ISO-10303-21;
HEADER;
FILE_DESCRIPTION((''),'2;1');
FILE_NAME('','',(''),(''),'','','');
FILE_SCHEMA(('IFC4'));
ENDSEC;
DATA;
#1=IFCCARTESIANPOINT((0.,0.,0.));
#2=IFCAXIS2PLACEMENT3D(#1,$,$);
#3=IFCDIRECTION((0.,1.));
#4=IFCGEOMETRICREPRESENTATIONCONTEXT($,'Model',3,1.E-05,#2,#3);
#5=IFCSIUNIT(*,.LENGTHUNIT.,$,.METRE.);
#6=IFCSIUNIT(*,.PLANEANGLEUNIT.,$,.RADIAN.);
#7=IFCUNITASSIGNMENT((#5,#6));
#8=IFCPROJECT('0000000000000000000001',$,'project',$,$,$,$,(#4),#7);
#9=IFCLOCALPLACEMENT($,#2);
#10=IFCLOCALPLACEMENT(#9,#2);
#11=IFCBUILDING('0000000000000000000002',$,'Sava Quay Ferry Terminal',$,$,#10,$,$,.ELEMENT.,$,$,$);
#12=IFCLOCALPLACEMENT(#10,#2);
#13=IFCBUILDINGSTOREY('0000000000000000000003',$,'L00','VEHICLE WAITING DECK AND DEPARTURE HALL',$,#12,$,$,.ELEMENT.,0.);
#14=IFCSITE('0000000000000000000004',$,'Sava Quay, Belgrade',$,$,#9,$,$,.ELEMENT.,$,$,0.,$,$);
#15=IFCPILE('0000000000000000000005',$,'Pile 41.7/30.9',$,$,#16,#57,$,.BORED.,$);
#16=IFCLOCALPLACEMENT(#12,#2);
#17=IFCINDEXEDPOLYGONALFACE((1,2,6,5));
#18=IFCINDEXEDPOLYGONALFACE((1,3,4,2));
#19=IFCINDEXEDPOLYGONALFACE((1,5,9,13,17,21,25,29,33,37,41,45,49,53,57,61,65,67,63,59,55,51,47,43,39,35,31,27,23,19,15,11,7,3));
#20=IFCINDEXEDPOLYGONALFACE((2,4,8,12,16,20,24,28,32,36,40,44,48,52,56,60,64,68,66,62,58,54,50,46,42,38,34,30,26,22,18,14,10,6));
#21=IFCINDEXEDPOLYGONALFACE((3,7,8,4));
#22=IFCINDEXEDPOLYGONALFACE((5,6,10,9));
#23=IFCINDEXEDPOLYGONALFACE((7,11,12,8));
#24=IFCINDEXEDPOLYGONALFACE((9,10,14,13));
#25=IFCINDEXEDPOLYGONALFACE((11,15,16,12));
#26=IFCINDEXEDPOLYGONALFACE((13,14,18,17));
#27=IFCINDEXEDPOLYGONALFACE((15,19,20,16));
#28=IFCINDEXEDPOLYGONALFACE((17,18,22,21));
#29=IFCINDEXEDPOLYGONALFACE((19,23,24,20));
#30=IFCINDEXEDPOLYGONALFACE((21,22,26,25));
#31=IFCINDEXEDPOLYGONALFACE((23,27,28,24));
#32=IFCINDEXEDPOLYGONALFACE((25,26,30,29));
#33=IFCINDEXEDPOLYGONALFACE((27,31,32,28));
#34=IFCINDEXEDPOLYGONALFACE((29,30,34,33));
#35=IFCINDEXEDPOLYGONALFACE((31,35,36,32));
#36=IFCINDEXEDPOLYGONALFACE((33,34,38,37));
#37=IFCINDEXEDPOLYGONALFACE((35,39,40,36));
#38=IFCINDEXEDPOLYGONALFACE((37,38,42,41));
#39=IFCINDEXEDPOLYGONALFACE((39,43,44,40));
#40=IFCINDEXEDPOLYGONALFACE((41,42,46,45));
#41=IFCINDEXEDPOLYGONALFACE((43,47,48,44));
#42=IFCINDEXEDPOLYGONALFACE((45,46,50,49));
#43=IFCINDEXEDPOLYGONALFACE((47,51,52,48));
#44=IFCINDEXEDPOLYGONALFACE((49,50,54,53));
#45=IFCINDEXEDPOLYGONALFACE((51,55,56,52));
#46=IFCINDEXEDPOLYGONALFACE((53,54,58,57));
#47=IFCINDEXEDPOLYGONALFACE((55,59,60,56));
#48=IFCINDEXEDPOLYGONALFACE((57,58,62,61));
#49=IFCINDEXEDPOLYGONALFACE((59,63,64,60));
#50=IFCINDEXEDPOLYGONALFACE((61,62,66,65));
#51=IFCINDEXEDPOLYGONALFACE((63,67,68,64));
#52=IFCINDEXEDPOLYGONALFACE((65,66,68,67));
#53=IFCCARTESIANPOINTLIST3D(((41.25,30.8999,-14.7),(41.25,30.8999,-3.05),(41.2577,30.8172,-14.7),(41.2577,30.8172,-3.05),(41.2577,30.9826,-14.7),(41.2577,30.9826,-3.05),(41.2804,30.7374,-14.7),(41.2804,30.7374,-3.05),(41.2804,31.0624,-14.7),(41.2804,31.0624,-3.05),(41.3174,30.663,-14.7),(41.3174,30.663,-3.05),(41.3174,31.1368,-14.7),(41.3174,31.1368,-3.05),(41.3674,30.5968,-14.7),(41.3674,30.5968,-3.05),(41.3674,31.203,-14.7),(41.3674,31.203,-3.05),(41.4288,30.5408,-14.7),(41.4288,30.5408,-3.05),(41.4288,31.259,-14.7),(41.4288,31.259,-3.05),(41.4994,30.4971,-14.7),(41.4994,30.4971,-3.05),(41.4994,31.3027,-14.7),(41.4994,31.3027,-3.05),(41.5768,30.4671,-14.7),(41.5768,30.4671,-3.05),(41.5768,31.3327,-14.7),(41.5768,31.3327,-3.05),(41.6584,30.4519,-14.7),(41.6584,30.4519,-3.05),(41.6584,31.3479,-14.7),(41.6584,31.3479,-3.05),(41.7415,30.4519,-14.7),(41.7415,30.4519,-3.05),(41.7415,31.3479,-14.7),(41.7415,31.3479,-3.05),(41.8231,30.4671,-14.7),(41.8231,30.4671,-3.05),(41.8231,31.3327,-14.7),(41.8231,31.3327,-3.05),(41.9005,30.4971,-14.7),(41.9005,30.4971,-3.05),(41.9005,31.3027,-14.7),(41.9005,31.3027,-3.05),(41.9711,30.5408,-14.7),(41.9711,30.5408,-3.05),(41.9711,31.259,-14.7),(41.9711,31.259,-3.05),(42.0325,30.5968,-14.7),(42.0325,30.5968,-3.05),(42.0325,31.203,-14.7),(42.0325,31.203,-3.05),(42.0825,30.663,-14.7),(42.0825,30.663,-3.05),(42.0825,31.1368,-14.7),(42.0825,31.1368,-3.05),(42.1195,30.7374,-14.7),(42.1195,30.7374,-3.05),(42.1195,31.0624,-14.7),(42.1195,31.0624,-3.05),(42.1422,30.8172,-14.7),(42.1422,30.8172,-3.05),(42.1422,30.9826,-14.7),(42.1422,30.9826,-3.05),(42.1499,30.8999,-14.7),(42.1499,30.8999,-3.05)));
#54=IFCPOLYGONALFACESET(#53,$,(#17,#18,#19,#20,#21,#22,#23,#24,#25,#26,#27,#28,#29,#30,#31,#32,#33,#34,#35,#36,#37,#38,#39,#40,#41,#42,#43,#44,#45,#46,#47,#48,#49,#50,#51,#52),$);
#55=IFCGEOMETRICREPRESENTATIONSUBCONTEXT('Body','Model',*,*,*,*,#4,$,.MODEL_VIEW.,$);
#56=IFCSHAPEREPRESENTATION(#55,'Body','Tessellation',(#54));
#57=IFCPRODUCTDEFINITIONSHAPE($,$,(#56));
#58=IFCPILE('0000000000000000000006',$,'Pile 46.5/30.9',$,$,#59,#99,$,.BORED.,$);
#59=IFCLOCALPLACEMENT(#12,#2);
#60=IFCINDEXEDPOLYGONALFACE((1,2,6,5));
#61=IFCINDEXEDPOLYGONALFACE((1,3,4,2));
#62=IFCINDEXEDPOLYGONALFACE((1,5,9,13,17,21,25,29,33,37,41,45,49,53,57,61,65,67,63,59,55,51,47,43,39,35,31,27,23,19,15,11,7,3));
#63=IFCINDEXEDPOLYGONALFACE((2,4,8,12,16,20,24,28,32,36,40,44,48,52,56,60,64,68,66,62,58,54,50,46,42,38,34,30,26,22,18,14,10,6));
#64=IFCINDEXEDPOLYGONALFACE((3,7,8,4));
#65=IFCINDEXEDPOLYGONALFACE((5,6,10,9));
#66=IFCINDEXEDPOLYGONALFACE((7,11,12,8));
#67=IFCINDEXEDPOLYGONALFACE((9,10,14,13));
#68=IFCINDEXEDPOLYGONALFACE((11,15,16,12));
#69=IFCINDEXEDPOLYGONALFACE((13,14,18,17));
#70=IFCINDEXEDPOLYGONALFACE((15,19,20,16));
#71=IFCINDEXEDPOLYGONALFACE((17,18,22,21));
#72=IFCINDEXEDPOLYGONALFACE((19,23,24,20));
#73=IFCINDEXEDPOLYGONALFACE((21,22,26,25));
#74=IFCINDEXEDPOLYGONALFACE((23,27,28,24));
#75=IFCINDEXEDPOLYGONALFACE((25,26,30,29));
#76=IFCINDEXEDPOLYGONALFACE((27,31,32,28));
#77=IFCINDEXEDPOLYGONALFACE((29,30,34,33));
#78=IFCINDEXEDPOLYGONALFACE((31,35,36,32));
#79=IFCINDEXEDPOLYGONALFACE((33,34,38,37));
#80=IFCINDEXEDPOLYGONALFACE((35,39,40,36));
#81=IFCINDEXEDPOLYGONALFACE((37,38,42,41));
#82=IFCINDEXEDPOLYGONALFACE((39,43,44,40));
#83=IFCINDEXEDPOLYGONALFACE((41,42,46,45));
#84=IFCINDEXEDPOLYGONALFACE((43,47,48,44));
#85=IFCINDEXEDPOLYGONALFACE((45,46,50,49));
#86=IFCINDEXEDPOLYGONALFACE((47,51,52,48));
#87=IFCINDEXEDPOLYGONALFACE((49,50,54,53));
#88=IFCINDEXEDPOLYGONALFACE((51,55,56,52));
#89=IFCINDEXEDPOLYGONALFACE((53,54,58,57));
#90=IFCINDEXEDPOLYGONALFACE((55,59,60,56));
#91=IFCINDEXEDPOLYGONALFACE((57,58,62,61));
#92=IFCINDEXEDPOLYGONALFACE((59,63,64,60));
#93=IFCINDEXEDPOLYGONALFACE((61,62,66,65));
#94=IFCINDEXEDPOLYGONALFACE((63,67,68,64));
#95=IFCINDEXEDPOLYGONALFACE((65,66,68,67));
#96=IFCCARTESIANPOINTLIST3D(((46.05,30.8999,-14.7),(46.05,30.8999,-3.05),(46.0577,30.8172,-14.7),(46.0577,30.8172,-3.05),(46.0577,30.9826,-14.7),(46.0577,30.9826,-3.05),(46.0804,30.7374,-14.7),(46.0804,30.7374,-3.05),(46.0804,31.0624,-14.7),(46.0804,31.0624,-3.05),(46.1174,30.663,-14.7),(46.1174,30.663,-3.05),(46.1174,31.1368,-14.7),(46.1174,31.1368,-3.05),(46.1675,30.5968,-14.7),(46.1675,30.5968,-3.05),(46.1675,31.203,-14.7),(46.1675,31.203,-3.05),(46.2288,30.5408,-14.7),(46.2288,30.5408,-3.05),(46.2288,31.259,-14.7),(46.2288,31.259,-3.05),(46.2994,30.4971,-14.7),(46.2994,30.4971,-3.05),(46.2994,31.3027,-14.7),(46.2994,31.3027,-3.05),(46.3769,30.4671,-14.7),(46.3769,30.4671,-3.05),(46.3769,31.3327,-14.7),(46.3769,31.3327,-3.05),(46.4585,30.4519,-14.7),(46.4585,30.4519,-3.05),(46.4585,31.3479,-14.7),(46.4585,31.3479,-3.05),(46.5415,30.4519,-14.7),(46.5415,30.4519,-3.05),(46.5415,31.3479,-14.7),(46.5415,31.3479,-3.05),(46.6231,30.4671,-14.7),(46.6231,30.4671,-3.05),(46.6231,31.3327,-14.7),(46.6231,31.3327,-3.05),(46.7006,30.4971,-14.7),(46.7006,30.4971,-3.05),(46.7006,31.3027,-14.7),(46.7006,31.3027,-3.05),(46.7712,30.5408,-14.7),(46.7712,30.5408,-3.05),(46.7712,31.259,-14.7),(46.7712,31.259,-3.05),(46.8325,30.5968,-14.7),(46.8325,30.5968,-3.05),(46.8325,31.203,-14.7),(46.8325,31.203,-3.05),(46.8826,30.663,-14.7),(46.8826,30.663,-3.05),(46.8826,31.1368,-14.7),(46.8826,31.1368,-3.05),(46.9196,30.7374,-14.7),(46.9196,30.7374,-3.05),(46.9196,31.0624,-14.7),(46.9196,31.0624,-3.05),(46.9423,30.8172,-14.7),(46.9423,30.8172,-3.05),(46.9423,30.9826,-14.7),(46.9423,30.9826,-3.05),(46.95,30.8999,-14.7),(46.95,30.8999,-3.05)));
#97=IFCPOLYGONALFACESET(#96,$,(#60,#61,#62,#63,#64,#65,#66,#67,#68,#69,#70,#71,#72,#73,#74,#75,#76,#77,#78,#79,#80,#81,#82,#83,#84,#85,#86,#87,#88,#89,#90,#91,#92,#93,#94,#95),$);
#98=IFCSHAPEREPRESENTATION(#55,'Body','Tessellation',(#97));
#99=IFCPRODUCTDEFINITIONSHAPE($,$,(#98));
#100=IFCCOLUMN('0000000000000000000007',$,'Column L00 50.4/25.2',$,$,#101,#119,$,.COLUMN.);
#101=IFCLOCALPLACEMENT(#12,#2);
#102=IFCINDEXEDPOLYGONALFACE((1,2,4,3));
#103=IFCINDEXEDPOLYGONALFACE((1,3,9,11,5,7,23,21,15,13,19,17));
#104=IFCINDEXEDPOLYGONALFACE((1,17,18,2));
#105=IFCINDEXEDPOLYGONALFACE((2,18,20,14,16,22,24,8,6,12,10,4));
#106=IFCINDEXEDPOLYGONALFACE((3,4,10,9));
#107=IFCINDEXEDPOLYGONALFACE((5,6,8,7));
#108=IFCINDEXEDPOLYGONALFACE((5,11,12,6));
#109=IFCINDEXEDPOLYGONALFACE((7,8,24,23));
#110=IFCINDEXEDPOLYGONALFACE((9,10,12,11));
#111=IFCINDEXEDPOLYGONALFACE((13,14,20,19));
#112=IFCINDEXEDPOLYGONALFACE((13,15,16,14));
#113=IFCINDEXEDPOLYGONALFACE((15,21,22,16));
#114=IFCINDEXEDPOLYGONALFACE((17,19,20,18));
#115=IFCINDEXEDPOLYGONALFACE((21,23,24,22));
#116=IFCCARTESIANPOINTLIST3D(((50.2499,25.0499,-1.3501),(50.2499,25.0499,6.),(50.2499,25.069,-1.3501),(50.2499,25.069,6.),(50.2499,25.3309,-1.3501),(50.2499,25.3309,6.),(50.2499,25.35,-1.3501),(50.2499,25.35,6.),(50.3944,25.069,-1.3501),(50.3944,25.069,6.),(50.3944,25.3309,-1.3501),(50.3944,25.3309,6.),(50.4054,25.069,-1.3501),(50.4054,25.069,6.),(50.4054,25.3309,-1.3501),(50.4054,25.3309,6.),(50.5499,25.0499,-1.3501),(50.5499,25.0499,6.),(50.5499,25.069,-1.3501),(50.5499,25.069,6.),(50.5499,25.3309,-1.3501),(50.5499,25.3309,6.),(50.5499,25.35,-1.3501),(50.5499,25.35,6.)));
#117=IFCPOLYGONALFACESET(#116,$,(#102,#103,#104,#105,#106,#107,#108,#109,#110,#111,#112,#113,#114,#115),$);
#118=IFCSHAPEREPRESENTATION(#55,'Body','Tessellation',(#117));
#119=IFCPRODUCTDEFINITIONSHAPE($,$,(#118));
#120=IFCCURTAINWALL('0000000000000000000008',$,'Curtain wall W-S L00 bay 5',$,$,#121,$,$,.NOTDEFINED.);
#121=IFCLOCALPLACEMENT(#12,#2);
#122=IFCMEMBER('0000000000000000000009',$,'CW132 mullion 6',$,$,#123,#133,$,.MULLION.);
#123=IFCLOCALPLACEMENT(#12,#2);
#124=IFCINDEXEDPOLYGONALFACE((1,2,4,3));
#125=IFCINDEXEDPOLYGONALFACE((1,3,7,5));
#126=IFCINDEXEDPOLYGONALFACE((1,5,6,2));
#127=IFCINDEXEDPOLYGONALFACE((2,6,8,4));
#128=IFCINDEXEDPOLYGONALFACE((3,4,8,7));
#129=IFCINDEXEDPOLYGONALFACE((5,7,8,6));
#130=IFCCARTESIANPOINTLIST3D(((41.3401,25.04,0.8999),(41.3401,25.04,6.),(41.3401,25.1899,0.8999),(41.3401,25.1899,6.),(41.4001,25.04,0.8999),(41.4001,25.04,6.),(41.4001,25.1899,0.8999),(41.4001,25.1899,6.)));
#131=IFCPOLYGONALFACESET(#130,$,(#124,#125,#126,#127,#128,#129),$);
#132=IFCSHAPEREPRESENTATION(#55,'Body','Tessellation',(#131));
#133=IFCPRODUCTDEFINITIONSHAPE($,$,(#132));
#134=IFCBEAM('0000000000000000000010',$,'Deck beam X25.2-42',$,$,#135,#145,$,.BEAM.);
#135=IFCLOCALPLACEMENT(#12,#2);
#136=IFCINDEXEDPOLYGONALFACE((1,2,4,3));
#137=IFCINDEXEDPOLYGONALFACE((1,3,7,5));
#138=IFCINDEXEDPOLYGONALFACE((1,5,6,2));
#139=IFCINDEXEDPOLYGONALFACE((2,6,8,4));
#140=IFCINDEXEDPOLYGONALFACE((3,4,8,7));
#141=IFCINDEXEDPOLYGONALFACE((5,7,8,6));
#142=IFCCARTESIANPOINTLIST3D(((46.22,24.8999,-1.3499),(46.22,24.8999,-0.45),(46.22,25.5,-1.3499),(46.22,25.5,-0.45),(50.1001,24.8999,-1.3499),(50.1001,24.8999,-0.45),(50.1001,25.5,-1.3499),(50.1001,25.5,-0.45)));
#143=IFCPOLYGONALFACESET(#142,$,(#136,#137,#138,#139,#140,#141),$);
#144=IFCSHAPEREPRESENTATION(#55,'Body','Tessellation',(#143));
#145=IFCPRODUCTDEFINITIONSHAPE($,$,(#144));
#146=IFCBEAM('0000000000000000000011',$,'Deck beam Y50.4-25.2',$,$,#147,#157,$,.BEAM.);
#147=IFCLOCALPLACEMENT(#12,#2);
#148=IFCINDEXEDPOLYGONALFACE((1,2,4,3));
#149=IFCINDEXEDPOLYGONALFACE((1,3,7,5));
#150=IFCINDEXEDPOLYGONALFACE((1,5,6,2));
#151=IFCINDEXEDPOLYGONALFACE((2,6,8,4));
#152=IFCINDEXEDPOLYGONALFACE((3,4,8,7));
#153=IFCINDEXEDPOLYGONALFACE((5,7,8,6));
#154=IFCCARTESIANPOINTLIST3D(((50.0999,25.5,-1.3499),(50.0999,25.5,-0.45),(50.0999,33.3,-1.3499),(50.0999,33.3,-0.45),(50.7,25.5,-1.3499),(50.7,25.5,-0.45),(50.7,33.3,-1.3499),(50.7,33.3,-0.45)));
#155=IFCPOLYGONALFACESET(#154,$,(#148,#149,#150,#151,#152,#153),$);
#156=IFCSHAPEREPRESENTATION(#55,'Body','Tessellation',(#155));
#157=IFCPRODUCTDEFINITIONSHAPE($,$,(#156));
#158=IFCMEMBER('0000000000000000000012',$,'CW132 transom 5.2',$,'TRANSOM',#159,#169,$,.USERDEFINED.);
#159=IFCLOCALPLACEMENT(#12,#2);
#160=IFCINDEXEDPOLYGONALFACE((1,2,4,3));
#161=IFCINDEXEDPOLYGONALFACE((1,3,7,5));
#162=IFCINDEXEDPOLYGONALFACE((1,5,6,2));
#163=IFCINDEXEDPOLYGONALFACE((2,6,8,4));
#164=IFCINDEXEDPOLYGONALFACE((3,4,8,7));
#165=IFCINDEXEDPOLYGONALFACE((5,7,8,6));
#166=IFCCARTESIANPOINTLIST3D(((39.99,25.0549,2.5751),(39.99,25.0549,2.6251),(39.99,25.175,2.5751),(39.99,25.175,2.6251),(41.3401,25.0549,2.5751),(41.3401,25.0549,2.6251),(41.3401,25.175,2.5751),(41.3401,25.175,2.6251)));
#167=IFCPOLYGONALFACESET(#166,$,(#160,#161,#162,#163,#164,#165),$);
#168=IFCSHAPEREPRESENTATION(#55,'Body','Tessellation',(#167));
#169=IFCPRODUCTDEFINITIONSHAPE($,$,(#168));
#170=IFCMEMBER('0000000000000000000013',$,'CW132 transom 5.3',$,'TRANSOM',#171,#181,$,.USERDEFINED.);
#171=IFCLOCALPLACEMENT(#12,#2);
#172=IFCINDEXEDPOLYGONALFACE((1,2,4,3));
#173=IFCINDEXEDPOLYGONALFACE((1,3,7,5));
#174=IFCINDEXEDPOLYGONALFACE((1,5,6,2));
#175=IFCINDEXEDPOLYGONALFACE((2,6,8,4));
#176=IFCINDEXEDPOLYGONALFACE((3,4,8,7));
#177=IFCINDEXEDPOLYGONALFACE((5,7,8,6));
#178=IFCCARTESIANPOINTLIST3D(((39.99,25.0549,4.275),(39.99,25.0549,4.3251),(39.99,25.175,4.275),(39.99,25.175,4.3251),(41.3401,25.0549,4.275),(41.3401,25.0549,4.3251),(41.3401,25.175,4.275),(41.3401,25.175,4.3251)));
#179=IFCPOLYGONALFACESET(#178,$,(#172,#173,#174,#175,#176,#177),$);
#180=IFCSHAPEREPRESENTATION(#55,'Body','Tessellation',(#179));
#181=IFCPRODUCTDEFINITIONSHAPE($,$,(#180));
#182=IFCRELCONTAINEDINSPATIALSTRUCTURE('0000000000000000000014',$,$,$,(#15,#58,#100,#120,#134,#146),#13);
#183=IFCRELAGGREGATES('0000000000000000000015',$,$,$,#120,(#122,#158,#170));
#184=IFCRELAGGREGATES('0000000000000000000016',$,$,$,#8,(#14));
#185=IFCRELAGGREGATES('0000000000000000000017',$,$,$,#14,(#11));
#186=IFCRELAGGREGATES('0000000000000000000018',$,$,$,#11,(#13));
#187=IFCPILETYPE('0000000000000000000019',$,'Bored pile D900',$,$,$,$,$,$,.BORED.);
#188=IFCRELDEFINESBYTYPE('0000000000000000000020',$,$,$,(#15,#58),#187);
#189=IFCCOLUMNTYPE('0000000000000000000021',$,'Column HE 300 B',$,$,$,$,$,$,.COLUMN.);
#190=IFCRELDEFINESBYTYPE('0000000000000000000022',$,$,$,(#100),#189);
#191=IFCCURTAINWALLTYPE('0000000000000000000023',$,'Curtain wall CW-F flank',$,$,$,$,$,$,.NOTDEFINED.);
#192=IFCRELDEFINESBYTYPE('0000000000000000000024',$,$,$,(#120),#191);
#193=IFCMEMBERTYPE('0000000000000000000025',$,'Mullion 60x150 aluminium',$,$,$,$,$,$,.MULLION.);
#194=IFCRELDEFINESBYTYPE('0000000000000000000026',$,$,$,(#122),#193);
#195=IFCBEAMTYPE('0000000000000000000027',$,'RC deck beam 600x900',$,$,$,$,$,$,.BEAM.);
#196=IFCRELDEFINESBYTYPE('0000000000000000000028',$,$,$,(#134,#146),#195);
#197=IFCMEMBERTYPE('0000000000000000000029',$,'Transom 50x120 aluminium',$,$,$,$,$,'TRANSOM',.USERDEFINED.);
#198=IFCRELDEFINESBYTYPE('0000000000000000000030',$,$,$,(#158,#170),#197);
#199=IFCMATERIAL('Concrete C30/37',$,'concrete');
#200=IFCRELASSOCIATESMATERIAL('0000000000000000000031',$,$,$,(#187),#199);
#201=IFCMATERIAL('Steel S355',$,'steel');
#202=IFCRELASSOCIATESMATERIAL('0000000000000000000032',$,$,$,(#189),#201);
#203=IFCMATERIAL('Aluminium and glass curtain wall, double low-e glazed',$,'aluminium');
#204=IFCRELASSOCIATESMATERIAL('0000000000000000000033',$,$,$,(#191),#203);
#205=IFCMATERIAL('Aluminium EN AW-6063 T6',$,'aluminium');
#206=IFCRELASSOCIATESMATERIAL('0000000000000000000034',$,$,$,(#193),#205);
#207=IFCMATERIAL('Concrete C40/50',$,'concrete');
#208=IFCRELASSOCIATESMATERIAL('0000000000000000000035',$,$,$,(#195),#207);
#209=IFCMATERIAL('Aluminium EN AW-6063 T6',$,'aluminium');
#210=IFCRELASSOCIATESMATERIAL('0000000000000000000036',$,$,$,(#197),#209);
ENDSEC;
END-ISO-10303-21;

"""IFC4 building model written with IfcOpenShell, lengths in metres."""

from ifc_helpers import new_model, si_unit, direction, frame, origin, origin_2d, place, context, subcontext, project, spatial, rectangle, circle, i_section, extrude, material, material_profile, profile_set, type_object, element, aggregate, save


model = new_model("IFC4")

# Units and contexts
model_context = context("Model", 3, precision=1e-05, world=origin(), true_north=direction((0.0, 1.0)))
body_context = subcontext(model_context, "Body", "Model", "MODEL_VIEW")
ifc_project = project(units=[si_unit("LENGTHUNIT", "METRE"), si_unit("PLANEANGLEUNIT", "RADIAN")], contexts=[model_context])

# Site, building, storey
site_placement = place(None, origin())
site = spatial("IfcSite", under=ifc_project, at=site_placement, Name="Sava Quay, Belgrade", CompositionType="ELEMENT", RefElevation=0.0)
building_placement = place(site_placement, origin())
building = spatial("IfcBuilding", under=site, at=building_placement, Name="Sava Quay Ferry Terminal", CompositionType="ELEMENT")
storey_placement = place(building_placement, origin())
storey = spatial("IfcBuildingStorey", under=building, at=storey_placement, Name="L00", Description="VEHICLE WAITING DECK AND DEPARTURE HALL", CompositionType="ELEMENT", Elevation=0.0)

# Piles
ifc_material_1 = material(Name="Concrete C30/37", Category="concrete")
ifc_material_profile_1 = material_profile(ifc_material_1, circle(Radius=0.45, at=origin_2d()), Name="Bored pile D900")
ifc_profile_set_1 = profile_set([ifc_material_profile_1], Name="Concrete C30/37")
pile_type = type_object("IfcPileType", Name="Bored pile D900", PredefinedType="BORED", material=ifc_profile_set_1)
for number, where, z_axis, x_axis, name in (
    (1, (41.7, 30.8999, -3.05), (0.0, 0.0, -1.0), (1.0, 0.0, 0.0), "Pile 41.7/30.9"),
    (2, (46.5, 30.8999, -3.05), (0.0, 0.0, -1.0), (1.0, 0.0, 0.0), "Pile 46.5/30.9"),
):
    element("IfcPile", number, at=place(storey_placement, frame(where, z_axis=z_axis, x_axis=x_axis)), inside=storey, type_object=pile_type, Name=name, PredefinedType="BORED", context=body_context, shape_type="SweptSolid", body=[
        extrude(circle(Radius=0.45, at=origin_2d()), origin(), (0.0, 0.0, 1.0), 11.6499),
    ])

# Column
ifc_material_2 = material(Name="Steel S355", Category="steel")
ifc_material_profile_2 = material_profile(ifc_material_2, i_section(OverallWidth=0.3, OverallDepth=0.3, WebThickness=0.011, FlangeThickness=0.019, at=origin_2d()), Name="HE 300 B")
ifc_profile_set_2 = profile_set([ifc_material_profile_2], Name="Steel S355")
column_type = type_object("IfcColumnType", Name="Column HE 300 B", PredefinedType="COLUMN", material=ifc_profile_set_2)
column_placement = place(storey_placement, frame((50.3999, 25.2, -1.3501), z_axis=(0.0, 0.0, 1.0), x_axis=(1.0, 0.0, 0.0)))
element("IfcColumn", 3, at=column_placement, inside=storey, type_object=column_type, Name="Column L00 50.4/25.2", PredefinedType="COLUMN", context=body_context, shape_type="SweptSolid", body=[
    extrude(i_section(OverallWidth=0.3, OverallDepth=0.3, WebThickness=0.011, FlangeThickness=0.019, at=origin_2d()), origin(), (0.0, 0.0, 1.0), 7.3501),
])

# Curtain wall, member
ifc_material_3 = material(Name="Aluminium and glass curtain wall, double low-e glazed", Category="aluminium")
curtain_wall_type = type_object("IfcCurtainWallType", Name="Curtain wall CW-F flank", PredefinedType="NOTDEFINED", material=ifc_material_3)
curtain_wall_placement = place(storey_placement, origin())
curtain_wall = element("IfcCurtainWall", 4, at=curtain_wall_placement, inside=storey, type_object=curtain_wall_type, Name="Curtain wall W-S L00 bay 5", PredefinedType="NOTDEFINED")
ifc_material_4 = material(Name="Aluminium EN AW-6063 T6", Category="aluminium")
ifc_material_profile_3 = material_profile(ifc_material_4, rectangle(XDim=0.1499, YDim=0.0601, at=origin_2d()), Name="Mullion 60x150 aluminium")
ifc_profile_set_3 = profile_set([ifc_material_profile_3], Name="Aluminium EN AW-6063 T6")
member_type_1 = type_object("IfcMemberType", Name="Mullion 60x150 aluminium", PredefinedType="MULLION", material=ifc_profile_set_3)
member_1_placement = place(storey_placement, frame((41.3701, 25.115, 0.8999), z_axis=(0.0, 0.0, 1.0), x_axis=(0.0, 1.0, 0.0)))
member_1 = element("IfcMember", 5, at=member_1_placement, type_object=member_type_1, Name="CW132 mullion 6", PredefinedType="MULLION", context=body_context, shape_type="SweptSolid", body=[
    extrude(rectangle(XDim=0.1499, YDim=0.0601, at=origin_2d()), origin(), (0.0, 0.0, 1.0), 5.1001),
])

# Beams
ifc_material_5 = material(Name="Concrete C40/50", Category="concrete")
ifc_material_profile_4 = material_profile(ifc_material_5, rectangle(XDim=0.6001, YDim=0.8999, at=origin_2d()), Name="RC 600x900")
ifc_profile_set_4 = profile_set([ifc_material_profile_4], Name="Concrete C40/50")
beam_type = type_object("IfcBeamType", Name="RC deck beam 600x900", PredefinedType="BEAM", material=ifc_profile_set_4)
beam_1_placement = place(storey_placement, frame((46.22, 25.2, -0.8999), z_axis=(1.0, 0.0, 0.0), x_axis=(0.0, 1.0, 0.0)))
element("IfcBeam", 6, at=beam_1_placement, inside=storey, type_object=beam_type, Name="Deck beam X25.2-42", PredefinedType="BEAM", context=body_context, shape_type="SweptSolid", body=[
    extrude(rectangle(XDim=0.6001, YDim=0.8999, at=origin_2d()), origin(), (0.0, 0.0, 1.0), 3.8801),
])
beam_2_placement = place(storey_placement, frame((50.3999, 25.5, -0.8999), z_axis=(0.0, 1.0, 0.0), x_axis=(-1.0, 0.0, 0.0)))
element("IfcBeam", 7, at=beam_2_placement, inside=storey, type_object=beam_type, Name="Deck beam Y50.4-25.2", PredefinedType="BEAM", context=body_context, shape_type="SweptSolid", body=[
    extrude(rectangle(XDim=0.6001, YDim=0.8999, at=origin_2d()), origin(), (0.0, 0.0, 1.0), 7.8),
])

# Members
ifc_material_6 = material(Name="Aluminium EN AW-6063 T6", Category="aluminium")
ifc_material_profile_5 = material_profile(ifc_material_6, rectangle(XDim=0.1201, YDim=0.05, at=origin_2d()), Name="Transom 50x120 aluminium")
ifc_profile_set_5 = profile_set([ifc_material_profile_5], Name="Aluminium EN AW-6063 T6")
member_type_2 = type_object("IfcMemberType", Name="Transom 50x120 aluminium", ElementType="TRANSOM", PredefinedType="USERDEFINED", material=ifc_profile_set_5)
member_2_placement = place(storey_placement, frame((39.99, 25.115, 2.6001), z_axis=(1.0, 0.0, 0.0), x_axis=(0.0, 1.0, 0.0)))
member_2 = element("IfcMember", 8, at=member_2_placement, type_object=member_type_2, Name="CW132 transom 5.2", ObjectType="TRANSOM", PredefinedType="USERDEFINED", context=body_context, shape_type="SweptSolid", body=[
    extrude(rectangle(XDim=0.1201, YDim=0.05, at=origin_2d()), origin(), (0.0, 0.0, 1.0), 1.3501),
])
member_3_placement = place(storey_placement, frame((39.99, 25.115, 4.3), z_axis=(1.0, 0.0, 0.0), x_axis=(0.0, 1.0, 0.0)))
member_3 = element("IfcMember", 9, at=member_3_placement, type_object=member_type_2, Name="CW132 transom 5.3", ObjectType="TRANSOM", PredefinedType="USERDEFINED", context=body_context, shape_type="SweptSolid", body=[
    extrude(rectangle(XDim=0.1201, YDim=0.05, at=origin_2d()), origin(), (0.0, 0.0, 1.0), 1.3501),
])

aggregate(curtain_wall, [member_1, member_2, member_3])

save(model, "model.ifc")
